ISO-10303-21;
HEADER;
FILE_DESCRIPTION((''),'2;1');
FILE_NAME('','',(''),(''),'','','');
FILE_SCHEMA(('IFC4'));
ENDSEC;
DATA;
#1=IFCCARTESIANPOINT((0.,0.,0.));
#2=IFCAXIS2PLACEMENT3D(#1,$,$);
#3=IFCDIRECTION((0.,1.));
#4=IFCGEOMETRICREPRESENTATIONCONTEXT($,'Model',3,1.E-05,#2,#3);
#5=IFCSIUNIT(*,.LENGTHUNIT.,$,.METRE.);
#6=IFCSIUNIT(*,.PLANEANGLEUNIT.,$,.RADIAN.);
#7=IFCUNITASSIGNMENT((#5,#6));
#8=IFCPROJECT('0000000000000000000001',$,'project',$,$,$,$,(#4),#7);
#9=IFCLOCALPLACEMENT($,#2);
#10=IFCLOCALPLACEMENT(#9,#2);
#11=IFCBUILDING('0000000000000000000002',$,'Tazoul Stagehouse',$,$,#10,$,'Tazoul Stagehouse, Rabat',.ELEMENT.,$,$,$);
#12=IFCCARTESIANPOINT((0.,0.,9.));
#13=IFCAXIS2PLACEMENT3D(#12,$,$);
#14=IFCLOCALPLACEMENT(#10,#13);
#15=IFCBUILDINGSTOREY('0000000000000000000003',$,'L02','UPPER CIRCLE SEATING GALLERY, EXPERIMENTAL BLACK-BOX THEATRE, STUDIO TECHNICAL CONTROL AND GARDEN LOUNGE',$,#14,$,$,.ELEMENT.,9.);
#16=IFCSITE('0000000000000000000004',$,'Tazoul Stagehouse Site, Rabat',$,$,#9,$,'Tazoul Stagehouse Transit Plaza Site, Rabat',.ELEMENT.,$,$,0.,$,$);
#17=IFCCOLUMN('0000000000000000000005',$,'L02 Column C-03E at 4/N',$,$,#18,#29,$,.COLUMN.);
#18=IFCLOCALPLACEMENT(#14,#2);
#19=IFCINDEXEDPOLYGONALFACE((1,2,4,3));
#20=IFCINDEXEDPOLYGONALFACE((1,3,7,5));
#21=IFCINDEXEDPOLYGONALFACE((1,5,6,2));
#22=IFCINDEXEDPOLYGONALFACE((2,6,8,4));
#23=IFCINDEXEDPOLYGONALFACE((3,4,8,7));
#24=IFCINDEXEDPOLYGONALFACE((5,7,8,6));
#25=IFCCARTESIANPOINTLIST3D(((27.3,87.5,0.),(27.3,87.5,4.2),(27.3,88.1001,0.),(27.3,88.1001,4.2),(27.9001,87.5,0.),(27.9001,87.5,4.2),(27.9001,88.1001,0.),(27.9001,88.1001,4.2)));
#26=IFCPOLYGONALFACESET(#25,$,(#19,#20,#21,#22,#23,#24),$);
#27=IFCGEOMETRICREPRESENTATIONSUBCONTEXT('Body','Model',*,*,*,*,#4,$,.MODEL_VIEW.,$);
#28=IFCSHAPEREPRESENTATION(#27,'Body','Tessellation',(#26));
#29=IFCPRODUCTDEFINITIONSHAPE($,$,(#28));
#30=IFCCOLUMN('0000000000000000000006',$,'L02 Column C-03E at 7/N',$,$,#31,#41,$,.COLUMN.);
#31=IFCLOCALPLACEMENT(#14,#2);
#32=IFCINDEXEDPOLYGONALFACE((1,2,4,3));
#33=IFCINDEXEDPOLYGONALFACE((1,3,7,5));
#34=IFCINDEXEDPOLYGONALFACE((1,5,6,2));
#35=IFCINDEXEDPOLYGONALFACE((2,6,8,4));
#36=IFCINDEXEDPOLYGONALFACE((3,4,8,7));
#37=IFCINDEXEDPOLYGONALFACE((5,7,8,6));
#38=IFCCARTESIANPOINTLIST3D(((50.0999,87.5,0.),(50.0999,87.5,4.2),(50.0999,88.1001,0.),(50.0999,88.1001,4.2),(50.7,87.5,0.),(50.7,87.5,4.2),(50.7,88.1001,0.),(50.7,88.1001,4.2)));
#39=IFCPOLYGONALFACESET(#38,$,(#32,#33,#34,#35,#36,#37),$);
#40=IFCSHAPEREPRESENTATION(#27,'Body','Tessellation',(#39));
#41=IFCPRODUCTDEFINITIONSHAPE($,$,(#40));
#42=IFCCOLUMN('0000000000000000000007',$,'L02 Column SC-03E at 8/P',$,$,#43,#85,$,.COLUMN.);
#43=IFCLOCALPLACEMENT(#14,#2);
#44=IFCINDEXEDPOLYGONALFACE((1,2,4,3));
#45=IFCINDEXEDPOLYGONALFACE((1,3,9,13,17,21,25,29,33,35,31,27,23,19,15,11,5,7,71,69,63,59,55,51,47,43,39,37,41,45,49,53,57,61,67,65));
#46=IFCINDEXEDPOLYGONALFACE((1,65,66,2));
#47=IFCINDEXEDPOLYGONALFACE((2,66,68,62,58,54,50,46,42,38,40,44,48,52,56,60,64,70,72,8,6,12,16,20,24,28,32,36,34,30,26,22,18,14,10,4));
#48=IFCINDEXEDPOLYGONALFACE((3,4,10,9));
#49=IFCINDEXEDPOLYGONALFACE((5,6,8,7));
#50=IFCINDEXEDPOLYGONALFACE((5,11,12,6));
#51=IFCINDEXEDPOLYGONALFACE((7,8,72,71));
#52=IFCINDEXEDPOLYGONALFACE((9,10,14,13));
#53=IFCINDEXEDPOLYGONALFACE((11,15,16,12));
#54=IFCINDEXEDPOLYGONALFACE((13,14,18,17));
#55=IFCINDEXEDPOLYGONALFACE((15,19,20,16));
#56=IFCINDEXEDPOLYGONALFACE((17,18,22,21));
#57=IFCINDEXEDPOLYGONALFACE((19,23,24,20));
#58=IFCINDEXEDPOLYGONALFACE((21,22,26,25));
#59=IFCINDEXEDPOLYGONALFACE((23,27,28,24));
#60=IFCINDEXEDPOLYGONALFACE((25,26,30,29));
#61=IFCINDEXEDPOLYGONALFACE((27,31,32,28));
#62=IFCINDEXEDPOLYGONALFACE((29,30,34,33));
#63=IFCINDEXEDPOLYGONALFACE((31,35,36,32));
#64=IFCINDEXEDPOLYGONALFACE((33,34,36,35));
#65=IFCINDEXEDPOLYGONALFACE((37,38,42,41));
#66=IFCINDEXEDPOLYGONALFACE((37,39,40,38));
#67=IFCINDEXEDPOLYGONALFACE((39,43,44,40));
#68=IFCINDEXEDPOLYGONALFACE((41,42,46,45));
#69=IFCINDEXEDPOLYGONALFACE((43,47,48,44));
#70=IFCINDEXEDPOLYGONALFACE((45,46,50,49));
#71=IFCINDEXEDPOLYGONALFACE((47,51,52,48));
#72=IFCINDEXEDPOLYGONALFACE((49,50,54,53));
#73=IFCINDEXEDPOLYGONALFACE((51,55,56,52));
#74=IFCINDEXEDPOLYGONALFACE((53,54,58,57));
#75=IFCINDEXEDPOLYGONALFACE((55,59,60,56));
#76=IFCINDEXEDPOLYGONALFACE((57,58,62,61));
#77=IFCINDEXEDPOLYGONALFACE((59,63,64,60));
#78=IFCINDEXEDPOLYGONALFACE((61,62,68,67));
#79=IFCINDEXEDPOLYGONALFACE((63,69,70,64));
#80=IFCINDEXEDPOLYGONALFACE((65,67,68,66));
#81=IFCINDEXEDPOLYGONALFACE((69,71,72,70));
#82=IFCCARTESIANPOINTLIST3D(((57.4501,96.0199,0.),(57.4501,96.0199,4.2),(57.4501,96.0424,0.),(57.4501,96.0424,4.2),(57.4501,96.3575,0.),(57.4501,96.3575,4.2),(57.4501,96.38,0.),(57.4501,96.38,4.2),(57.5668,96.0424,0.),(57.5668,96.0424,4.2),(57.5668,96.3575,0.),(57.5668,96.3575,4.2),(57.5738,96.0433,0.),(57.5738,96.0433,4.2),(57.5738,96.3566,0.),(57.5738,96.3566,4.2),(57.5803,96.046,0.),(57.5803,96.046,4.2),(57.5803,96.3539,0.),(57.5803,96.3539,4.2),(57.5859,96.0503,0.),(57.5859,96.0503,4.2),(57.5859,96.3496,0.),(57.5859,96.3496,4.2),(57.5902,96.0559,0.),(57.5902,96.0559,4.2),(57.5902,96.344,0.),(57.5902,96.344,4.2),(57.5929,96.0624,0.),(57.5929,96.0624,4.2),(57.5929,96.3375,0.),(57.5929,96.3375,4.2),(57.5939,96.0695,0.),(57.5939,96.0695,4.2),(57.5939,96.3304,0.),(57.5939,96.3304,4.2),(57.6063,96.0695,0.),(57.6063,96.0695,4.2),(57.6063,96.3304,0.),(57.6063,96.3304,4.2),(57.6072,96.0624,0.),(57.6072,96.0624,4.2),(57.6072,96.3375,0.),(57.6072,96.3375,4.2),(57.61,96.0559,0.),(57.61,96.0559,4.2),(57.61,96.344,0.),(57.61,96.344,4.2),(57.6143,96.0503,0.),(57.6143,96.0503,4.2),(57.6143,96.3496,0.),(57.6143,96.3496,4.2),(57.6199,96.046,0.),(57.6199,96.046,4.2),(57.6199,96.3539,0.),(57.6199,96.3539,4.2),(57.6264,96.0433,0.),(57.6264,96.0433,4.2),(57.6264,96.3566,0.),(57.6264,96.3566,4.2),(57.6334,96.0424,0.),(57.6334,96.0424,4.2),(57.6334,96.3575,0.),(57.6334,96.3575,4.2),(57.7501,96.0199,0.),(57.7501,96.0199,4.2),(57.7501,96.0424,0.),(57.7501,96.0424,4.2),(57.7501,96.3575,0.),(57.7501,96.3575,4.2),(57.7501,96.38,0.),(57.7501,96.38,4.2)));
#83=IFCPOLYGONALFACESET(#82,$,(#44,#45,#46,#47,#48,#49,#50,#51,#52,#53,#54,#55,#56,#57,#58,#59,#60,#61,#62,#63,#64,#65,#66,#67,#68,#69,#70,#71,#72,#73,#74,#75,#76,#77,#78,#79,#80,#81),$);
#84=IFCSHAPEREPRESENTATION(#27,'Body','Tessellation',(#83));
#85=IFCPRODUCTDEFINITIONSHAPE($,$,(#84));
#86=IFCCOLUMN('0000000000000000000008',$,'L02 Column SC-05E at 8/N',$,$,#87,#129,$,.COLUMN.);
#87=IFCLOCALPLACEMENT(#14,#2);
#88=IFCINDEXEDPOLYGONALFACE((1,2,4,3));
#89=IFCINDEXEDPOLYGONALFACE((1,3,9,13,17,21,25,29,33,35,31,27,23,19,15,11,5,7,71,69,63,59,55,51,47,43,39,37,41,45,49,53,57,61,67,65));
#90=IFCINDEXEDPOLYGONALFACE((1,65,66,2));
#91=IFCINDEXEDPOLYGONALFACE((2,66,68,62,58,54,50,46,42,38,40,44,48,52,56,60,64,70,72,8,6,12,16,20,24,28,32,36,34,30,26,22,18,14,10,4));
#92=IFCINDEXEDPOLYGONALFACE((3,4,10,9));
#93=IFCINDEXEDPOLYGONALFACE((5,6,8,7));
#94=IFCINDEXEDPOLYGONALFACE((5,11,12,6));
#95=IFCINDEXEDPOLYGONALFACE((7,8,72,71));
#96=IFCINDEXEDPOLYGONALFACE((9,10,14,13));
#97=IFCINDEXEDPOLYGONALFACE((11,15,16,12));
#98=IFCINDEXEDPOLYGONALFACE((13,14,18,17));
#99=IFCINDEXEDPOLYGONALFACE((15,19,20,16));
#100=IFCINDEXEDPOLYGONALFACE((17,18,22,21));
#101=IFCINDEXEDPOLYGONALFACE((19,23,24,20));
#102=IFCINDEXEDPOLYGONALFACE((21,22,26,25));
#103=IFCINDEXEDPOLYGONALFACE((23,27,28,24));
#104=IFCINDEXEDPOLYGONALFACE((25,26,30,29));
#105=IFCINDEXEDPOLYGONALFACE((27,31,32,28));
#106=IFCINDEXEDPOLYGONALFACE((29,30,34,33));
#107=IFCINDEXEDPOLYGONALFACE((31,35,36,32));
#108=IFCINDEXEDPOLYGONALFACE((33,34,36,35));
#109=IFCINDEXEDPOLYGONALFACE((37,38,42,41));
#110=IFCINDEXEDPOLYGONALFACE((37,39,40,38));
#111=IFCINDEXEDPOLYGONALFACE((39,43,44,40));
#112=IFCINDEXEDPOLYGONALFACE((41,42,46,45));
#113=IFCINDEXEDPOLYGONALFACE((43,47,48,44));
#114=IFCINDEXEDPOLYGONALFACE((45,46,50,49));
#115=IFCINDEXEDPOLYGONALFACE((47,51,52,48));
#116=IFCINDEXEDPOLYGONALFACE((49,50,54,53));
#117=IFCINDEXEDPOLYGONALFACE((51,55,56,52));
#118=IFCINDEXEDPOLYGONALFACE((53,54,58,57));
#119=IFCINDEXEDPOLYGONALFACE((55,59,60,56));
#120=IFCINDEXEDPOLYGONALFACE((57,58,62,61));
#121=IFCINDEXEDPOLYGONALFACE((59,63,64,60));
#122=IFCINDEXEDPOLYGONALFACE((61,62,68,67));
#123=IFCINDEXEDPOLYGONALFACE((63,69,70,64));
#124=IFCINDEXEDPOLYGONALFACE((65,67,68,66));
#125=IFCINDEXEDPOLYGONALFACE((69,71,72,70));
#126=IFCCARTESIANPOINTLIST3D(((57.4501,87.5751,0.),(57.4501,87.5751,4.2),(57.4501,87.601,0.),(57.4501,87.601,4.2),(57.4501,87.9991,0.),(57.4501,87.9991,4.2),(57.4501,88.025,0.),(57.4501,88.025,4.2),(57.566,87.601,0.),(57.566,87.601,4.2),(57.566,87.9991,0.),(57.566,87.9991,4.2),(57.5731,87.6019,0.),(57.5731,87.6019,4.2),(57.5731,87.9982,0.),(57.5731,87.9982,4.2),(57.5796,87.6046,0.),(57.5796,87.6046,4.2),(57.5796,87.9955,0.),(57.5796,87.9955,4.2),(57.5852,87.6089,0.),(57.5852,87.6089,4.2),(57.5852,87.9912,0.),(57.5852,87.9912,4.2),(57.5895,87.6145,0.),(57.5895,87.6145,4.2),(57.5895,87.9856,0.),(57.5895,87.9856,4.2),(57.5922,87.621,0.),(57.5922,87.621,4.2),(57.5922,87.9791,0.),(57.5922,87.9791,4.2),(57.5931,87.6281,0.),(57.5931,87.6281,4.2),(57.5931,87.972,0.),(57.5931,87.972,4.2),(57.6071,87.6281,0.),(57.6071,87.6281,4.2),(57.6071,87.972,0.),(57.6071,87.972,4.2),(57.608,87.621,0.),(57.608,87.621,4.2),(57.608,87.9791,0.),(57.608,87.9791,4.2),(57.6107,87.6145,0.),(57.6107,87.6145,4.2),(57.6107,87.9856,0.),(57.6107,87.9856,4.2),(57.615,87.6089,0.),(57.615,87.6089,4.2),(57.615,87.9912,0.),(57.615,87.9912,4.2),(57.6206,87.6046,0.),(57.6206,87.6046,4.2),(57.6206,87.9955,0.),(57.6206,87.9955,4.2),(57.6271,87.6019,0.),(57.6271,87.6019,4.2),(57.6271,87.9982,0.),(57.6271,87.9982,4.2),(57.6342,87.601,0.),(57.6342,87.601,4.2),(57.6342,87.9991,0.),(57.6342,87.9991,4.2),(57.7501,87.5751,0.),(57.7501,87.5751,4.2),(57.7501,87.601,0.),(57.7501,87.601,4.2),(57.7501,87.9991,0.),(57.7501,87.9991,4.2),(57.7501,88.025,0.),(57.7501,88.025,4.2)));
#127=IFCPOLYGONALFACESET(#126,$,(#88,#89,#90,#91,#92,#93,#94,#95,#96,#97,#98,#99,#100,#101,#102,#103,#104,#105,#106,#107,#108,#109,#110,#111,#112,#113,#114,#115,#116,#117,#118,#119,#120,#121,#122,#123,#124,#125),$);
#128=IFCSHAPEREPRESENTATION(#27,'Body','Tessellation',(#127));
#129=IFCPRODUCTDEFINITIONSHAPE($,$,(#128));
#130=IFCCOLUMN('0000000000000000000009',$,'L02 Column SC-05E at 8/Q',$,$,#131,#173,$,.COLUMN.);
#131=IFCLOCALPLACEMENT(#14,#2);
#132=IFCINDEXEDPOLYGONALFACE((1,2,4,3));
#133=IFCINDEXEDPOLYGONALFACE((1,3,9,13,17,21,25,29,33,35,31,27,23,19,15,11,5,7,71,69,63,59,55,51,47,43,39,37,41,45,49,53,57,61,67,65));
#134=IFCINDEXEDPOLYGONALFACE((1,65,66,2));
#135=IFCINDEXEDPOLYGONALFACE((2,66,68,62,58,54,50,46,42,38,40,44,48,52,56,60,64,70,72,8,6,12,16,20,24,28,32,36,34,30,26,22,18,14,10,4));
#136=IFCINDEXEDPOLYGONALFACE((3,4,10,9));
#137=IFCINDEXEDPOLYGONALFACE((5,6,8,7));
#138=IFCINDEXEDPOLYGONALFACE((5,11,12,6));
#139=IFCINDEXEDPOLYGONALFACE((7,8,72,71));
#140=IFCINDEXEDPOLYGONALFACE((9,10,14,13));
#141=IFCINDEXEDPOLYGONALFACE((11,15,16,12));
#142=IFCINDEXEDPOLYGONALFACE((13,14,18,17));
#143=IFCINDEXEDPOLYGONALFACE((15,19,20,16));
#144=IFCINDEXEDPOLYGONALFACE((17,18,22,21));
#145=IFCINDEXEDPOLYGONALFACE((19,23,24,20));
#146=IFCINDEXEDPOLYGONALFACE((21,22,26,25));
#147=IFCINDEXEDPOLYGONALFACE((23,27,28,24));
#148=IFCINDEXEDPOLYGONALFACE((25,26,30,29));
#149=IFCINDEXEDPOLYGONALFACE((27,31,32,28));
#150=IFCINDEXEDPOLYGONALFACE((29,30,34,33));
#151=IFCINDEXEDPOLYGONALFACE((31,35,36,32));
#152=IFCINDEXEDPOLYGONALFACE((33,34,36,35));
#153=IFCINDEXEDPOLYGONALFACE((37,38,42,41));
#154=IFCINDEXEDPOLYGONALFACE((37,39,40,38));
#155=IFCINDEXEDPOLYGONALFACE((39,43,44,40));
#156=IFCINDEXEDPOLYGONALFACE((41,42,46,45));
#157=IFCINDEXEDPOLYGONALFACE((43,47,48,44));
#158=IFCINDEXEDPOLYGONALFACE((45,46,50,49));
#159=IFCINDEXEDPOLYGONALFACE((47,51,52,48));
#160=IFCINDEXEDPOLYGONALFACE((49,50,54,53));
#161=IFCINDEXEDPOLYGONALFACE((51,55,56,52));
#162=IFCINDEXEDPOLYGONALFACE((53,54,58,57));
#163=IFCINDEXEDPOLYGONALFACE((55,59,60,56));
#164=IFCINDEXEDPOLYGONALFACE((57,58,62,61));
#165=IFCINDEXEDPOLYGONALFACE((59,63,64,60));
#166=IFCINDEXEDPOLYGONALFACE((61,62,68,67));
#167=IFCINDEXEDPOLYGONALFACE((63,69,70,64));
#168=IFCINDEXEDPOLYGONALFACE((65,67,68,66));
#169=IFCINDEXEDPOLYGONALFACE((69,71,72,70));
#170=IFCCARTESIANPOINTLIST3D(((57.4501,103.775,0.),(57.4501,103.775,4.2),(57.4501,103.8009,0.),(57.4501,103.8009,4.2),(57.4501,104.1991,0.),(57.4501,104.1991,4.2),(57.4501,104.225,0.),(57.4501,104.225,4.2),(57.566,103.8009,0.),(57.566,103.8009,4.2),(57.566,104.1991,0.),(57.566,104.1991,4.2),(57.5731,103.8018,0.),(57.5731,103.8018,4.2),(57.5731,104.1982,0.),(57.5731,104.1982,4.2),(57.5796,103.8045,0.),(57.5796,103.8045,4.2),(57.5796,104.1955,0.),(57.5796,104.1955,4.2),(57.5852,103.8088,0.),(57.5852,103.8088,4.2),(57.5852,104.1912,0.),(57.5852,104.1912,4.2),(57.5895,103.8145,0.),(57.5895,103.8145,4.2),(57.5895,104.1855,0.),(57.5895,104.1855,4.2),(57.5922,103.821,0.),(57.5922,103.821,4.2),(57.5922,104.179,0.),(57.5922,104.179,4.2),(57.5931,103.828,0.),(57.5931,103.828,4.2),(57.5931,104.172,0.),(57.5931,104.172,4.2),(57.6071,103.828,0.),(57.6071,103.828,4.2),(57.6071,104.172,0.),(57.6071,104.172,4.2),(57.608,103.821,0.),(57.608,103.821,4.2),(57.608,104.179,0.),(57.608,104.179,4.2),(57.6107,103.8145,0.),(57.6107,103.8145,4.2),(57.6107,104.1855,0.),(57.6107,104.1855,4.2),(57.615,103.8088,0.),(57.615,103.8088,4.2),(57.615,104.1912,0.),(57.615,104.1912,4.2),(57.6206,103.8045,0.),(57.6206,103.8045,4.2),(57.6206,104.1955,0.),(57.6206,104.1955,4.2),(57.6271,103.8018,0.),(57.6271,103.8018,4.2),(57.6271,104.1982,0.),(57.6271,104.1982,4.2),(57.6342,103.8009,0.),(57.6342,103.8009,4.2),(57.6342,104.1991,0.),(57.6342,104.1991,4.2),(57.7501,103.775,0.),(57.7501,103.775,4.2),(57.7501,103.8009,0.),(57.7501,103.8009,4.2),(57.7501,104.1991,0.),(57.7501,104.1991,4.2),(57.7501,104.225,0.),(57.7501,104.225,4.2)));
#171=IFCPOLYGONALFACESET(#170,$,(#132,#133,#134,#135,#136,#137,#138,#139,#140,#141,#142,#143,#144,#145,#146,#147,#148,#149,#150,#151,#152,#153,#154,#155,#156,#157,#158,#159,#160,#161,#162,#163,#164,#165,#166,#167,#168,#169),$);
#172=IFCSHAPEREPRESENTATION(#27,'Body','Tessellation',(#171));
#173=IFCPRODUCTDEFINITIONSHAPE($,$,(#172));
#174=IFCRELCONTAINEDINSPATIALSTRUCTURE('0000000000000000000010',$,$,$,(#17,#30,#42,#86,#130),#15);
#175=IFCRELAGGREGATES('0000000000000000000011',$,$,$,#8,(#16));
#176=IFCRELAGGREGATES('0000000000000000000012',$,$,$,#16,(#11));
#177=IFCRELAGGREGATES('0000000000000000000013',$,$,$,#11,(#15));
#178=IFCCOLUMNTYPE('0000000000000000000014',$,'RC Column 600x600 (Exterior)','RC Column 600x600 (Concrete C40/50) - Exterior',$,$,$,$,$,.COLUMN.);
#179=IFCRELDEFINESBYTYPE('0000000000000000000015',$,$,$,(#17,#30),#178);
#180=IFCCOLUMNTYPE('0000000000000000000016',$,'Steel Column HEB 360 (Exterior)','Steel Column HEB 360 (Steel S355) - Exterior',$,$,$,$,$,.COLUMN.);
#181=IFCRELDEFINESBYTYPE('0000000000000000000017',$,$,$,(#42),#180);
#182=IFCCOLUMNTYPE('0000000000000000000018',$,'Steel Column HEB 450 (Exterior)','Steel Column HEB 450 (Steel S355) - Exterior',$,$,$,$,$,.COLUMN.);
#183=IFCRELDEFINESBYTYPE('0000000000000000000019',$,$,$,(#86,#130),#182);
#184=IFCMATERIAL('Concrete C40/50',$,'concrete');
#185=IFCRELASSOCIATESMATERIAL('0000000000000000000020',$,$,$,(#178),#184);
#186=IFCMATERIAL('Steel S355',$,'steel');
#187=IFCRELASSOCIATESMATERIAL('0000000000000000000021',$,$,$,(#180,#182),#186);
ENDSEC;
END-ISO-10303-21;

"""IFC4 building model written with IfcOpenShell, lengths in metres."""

from ifc_helpers import new_model, si_unit, direction, frame, origin, origin_2d, place, context, subcontext, project, spatial, rectangle, i_section, extrude, material, material_profile, profile_set, type_object, element, save


model = new_model("IFC4")

# Units and contexts
model_context = context("Model", 3, precision=1e-05, world=origin(), true_north=direction((0.0, 1.0)))
body_context = subcontext(model_context, "Body", "Model", "MODEL_VIEW")
ifc_project = project(units=[si_unit("LENGTHUNIT", "METRE"), si_unit("PLANEANGLEUNIT", "RADIAN")], contexts=[model_context])

# Site, building, storey
site_placement = place(None, origin())
site = spatial("IfcSite", under=ifc_project, at=site_placement, Name="Tazoul Stagehouse Site, Rabat", LongName="Tazoul Stagehouse Transit Plaza Site, Rabat", CompositionType="ELEMENT", RefElevation=0.0)
building_placement = place(site_placement, origin())
building = spatial("IfcBuilding", under=site, at=building_placement, Name="Tazoul Stagehouse", LongName="Tazoul Stagehouse, Rabat", CompositionType="ELEMENT")
storey_placement = place(building_placement, frame((0.0, 0.0, 9.0)))
storey = spatial("IfcBuildingStorey", under=building, at=storey_placement, Name="L02", Description="UPPER CIRCLE SEATING GALLERY, EXPERIMENTAL BLACK-BOX THEATRE, STUDIO TECHNICAL CONTROL AND GARDEN LOUNGE", CompositionType="ELEMENT", Elevation=9.0)

# Columns
ifc_material_1 = material(Name="Concrete C40/50", Category="concrete")
ifc_material_profile_1 = material_profile(ifc_material_1, rectangle(XDim=0.6001, YDim=0.6001, at=origin_2d()), Name="RC 600x600")
ifc_profile_set_1 = profile_set([ifc_material_profile_1], Name="Concrete C40/50")
column_type_1 = type_object("IfcColumnType", Name="RC Column 600x600 (Exterior)", Description="RC Column 600x600 (Concrete C40/50) - Exterior", PredefinedType="COLUMN", material=ifc_profile_set_1)
for number, where, z_axis, x_axis, name in (
    (1, (27.6001, 87.8, 0.0), (0.0, 0.0, 1.0), (1.0, 0.0, 0.0), "L02 Column C-03E at 4/N"),
    (2, (50.3999, 87.8, 0.0), (0.0, 0.0, 1.0), (1.0, 0.0, 0.0), "L02 Column C-03E at 7/N"),
):
    element("IfcColumn", number, at=place(storey_placement, frame(where, z_axis=z_axis, x_axis=x_axis)), inside=storey, type_object=column_type_1, Name=name, PredefinedType="COLUMN", context=body_context, shape_type="SweptSolid", body=[
        extrude(rectangle(XDim=0.6001, YDim=0.6001, at=origin_2d()), origin(), (0.0, 0.0, 1.0), 4.2),
    ])
ifc_material_2 = material(Name="Steel S355", Category="steel")
ifc_material_profile_2 = material_profile(ifc_material_2, i_section(OverallWidth=0.3, OverallDepth=0.3601, WebThickness=0.0125, FlangeThickness=0.0225, FilletRadius=0.0271, at=origin_2d()), Name="HEB 360")
ifc_profile_set_2 = profile_set([ifc_material_profile_2], Name="Steel S355")
column_type_2 = type_object("IfcColumnType", Name="Steel Column HEB 360 (Exterior)", Description="Steel Column HEB 360 (Steel S355) - Exterior", PredefinedType="COLUMN", material=ifc_profile_set_2)
column_placement = place(storey_placement, frame((57.6001, 96.2, 0.0), z_axis=(0.0, 0.0, 1.0), x_axis=(1.0, 0.0, 0.0)))
element("IfcColumn", 3, at=column_placement, inside=storey, type_object=column_type_2, Name="L02 Column SC-03E at 8/P", PredefinedType="COLUMN", context=body_context, shape_type="SweptSolid", body=[
    extrude(i_section(OverallWidth=0.3, OverallDepth=0.3601, WebThickness=0.0125, FlangeThickness=0.0225, FilletRadius=0.0271, at=origin_2d()), origin(), (0.0, 0.0, 1.0), 4.2),
])
ifc_material_profile_3 = material_profile(ifc_material_2, i_section(OverallWidth=0.3, OverallDepth=0.45, WebThickness=0.0139, FlangeThickness=0.0259, FilletRadius=0.0271, at=origin_2d()), Name="HEB 450")
ifc_profile_set_3 = profile_set([ifc_material_profile_3], Name="Steel S355")
column_type_3 = type_object("IfcColumnType", Name="Steel Column HEB 450 (Exterior)", Description="Steel Column HEB 450 (Steel S355) - Exterior", PredefinedType="COLUMN", material=ifc_profile_set_3)
for number, where, z_axis, x_axis, name in (
    (4, (57.6001, 87.8, 0.0), (0.0, 0.0, 1.0), (1.0, 0.0, 0.0), "L02 Column SC-05E at 8/N"),
    (5, (57.6001, 104.0, 0.0), (0.0, 0.0, 1.0), (1.0, 0.0, 0.0), "L02 Column SC-05E at 8/Q"),
):
    element("IfcColumn", number, at=place(storey_placement, frame(where, z_axis=z_axis, x_axis=x_axis)), inside=storey, type_object=column_type_3, Name=name, PredefinedType="COLUMN", context=body_context, shape_type="SweptSolid", body=[
        extrude(i_section(OverallWidth=0.3, OverallDepth=0.45, WebThickness=0.0139, FlangeThickness=0.0259, FilletRadius=0.0271, at=origin_2d()), origin(), (0.0, 0.0, 1.0), 4.2),
    ])

save(model, "model.ifc")
